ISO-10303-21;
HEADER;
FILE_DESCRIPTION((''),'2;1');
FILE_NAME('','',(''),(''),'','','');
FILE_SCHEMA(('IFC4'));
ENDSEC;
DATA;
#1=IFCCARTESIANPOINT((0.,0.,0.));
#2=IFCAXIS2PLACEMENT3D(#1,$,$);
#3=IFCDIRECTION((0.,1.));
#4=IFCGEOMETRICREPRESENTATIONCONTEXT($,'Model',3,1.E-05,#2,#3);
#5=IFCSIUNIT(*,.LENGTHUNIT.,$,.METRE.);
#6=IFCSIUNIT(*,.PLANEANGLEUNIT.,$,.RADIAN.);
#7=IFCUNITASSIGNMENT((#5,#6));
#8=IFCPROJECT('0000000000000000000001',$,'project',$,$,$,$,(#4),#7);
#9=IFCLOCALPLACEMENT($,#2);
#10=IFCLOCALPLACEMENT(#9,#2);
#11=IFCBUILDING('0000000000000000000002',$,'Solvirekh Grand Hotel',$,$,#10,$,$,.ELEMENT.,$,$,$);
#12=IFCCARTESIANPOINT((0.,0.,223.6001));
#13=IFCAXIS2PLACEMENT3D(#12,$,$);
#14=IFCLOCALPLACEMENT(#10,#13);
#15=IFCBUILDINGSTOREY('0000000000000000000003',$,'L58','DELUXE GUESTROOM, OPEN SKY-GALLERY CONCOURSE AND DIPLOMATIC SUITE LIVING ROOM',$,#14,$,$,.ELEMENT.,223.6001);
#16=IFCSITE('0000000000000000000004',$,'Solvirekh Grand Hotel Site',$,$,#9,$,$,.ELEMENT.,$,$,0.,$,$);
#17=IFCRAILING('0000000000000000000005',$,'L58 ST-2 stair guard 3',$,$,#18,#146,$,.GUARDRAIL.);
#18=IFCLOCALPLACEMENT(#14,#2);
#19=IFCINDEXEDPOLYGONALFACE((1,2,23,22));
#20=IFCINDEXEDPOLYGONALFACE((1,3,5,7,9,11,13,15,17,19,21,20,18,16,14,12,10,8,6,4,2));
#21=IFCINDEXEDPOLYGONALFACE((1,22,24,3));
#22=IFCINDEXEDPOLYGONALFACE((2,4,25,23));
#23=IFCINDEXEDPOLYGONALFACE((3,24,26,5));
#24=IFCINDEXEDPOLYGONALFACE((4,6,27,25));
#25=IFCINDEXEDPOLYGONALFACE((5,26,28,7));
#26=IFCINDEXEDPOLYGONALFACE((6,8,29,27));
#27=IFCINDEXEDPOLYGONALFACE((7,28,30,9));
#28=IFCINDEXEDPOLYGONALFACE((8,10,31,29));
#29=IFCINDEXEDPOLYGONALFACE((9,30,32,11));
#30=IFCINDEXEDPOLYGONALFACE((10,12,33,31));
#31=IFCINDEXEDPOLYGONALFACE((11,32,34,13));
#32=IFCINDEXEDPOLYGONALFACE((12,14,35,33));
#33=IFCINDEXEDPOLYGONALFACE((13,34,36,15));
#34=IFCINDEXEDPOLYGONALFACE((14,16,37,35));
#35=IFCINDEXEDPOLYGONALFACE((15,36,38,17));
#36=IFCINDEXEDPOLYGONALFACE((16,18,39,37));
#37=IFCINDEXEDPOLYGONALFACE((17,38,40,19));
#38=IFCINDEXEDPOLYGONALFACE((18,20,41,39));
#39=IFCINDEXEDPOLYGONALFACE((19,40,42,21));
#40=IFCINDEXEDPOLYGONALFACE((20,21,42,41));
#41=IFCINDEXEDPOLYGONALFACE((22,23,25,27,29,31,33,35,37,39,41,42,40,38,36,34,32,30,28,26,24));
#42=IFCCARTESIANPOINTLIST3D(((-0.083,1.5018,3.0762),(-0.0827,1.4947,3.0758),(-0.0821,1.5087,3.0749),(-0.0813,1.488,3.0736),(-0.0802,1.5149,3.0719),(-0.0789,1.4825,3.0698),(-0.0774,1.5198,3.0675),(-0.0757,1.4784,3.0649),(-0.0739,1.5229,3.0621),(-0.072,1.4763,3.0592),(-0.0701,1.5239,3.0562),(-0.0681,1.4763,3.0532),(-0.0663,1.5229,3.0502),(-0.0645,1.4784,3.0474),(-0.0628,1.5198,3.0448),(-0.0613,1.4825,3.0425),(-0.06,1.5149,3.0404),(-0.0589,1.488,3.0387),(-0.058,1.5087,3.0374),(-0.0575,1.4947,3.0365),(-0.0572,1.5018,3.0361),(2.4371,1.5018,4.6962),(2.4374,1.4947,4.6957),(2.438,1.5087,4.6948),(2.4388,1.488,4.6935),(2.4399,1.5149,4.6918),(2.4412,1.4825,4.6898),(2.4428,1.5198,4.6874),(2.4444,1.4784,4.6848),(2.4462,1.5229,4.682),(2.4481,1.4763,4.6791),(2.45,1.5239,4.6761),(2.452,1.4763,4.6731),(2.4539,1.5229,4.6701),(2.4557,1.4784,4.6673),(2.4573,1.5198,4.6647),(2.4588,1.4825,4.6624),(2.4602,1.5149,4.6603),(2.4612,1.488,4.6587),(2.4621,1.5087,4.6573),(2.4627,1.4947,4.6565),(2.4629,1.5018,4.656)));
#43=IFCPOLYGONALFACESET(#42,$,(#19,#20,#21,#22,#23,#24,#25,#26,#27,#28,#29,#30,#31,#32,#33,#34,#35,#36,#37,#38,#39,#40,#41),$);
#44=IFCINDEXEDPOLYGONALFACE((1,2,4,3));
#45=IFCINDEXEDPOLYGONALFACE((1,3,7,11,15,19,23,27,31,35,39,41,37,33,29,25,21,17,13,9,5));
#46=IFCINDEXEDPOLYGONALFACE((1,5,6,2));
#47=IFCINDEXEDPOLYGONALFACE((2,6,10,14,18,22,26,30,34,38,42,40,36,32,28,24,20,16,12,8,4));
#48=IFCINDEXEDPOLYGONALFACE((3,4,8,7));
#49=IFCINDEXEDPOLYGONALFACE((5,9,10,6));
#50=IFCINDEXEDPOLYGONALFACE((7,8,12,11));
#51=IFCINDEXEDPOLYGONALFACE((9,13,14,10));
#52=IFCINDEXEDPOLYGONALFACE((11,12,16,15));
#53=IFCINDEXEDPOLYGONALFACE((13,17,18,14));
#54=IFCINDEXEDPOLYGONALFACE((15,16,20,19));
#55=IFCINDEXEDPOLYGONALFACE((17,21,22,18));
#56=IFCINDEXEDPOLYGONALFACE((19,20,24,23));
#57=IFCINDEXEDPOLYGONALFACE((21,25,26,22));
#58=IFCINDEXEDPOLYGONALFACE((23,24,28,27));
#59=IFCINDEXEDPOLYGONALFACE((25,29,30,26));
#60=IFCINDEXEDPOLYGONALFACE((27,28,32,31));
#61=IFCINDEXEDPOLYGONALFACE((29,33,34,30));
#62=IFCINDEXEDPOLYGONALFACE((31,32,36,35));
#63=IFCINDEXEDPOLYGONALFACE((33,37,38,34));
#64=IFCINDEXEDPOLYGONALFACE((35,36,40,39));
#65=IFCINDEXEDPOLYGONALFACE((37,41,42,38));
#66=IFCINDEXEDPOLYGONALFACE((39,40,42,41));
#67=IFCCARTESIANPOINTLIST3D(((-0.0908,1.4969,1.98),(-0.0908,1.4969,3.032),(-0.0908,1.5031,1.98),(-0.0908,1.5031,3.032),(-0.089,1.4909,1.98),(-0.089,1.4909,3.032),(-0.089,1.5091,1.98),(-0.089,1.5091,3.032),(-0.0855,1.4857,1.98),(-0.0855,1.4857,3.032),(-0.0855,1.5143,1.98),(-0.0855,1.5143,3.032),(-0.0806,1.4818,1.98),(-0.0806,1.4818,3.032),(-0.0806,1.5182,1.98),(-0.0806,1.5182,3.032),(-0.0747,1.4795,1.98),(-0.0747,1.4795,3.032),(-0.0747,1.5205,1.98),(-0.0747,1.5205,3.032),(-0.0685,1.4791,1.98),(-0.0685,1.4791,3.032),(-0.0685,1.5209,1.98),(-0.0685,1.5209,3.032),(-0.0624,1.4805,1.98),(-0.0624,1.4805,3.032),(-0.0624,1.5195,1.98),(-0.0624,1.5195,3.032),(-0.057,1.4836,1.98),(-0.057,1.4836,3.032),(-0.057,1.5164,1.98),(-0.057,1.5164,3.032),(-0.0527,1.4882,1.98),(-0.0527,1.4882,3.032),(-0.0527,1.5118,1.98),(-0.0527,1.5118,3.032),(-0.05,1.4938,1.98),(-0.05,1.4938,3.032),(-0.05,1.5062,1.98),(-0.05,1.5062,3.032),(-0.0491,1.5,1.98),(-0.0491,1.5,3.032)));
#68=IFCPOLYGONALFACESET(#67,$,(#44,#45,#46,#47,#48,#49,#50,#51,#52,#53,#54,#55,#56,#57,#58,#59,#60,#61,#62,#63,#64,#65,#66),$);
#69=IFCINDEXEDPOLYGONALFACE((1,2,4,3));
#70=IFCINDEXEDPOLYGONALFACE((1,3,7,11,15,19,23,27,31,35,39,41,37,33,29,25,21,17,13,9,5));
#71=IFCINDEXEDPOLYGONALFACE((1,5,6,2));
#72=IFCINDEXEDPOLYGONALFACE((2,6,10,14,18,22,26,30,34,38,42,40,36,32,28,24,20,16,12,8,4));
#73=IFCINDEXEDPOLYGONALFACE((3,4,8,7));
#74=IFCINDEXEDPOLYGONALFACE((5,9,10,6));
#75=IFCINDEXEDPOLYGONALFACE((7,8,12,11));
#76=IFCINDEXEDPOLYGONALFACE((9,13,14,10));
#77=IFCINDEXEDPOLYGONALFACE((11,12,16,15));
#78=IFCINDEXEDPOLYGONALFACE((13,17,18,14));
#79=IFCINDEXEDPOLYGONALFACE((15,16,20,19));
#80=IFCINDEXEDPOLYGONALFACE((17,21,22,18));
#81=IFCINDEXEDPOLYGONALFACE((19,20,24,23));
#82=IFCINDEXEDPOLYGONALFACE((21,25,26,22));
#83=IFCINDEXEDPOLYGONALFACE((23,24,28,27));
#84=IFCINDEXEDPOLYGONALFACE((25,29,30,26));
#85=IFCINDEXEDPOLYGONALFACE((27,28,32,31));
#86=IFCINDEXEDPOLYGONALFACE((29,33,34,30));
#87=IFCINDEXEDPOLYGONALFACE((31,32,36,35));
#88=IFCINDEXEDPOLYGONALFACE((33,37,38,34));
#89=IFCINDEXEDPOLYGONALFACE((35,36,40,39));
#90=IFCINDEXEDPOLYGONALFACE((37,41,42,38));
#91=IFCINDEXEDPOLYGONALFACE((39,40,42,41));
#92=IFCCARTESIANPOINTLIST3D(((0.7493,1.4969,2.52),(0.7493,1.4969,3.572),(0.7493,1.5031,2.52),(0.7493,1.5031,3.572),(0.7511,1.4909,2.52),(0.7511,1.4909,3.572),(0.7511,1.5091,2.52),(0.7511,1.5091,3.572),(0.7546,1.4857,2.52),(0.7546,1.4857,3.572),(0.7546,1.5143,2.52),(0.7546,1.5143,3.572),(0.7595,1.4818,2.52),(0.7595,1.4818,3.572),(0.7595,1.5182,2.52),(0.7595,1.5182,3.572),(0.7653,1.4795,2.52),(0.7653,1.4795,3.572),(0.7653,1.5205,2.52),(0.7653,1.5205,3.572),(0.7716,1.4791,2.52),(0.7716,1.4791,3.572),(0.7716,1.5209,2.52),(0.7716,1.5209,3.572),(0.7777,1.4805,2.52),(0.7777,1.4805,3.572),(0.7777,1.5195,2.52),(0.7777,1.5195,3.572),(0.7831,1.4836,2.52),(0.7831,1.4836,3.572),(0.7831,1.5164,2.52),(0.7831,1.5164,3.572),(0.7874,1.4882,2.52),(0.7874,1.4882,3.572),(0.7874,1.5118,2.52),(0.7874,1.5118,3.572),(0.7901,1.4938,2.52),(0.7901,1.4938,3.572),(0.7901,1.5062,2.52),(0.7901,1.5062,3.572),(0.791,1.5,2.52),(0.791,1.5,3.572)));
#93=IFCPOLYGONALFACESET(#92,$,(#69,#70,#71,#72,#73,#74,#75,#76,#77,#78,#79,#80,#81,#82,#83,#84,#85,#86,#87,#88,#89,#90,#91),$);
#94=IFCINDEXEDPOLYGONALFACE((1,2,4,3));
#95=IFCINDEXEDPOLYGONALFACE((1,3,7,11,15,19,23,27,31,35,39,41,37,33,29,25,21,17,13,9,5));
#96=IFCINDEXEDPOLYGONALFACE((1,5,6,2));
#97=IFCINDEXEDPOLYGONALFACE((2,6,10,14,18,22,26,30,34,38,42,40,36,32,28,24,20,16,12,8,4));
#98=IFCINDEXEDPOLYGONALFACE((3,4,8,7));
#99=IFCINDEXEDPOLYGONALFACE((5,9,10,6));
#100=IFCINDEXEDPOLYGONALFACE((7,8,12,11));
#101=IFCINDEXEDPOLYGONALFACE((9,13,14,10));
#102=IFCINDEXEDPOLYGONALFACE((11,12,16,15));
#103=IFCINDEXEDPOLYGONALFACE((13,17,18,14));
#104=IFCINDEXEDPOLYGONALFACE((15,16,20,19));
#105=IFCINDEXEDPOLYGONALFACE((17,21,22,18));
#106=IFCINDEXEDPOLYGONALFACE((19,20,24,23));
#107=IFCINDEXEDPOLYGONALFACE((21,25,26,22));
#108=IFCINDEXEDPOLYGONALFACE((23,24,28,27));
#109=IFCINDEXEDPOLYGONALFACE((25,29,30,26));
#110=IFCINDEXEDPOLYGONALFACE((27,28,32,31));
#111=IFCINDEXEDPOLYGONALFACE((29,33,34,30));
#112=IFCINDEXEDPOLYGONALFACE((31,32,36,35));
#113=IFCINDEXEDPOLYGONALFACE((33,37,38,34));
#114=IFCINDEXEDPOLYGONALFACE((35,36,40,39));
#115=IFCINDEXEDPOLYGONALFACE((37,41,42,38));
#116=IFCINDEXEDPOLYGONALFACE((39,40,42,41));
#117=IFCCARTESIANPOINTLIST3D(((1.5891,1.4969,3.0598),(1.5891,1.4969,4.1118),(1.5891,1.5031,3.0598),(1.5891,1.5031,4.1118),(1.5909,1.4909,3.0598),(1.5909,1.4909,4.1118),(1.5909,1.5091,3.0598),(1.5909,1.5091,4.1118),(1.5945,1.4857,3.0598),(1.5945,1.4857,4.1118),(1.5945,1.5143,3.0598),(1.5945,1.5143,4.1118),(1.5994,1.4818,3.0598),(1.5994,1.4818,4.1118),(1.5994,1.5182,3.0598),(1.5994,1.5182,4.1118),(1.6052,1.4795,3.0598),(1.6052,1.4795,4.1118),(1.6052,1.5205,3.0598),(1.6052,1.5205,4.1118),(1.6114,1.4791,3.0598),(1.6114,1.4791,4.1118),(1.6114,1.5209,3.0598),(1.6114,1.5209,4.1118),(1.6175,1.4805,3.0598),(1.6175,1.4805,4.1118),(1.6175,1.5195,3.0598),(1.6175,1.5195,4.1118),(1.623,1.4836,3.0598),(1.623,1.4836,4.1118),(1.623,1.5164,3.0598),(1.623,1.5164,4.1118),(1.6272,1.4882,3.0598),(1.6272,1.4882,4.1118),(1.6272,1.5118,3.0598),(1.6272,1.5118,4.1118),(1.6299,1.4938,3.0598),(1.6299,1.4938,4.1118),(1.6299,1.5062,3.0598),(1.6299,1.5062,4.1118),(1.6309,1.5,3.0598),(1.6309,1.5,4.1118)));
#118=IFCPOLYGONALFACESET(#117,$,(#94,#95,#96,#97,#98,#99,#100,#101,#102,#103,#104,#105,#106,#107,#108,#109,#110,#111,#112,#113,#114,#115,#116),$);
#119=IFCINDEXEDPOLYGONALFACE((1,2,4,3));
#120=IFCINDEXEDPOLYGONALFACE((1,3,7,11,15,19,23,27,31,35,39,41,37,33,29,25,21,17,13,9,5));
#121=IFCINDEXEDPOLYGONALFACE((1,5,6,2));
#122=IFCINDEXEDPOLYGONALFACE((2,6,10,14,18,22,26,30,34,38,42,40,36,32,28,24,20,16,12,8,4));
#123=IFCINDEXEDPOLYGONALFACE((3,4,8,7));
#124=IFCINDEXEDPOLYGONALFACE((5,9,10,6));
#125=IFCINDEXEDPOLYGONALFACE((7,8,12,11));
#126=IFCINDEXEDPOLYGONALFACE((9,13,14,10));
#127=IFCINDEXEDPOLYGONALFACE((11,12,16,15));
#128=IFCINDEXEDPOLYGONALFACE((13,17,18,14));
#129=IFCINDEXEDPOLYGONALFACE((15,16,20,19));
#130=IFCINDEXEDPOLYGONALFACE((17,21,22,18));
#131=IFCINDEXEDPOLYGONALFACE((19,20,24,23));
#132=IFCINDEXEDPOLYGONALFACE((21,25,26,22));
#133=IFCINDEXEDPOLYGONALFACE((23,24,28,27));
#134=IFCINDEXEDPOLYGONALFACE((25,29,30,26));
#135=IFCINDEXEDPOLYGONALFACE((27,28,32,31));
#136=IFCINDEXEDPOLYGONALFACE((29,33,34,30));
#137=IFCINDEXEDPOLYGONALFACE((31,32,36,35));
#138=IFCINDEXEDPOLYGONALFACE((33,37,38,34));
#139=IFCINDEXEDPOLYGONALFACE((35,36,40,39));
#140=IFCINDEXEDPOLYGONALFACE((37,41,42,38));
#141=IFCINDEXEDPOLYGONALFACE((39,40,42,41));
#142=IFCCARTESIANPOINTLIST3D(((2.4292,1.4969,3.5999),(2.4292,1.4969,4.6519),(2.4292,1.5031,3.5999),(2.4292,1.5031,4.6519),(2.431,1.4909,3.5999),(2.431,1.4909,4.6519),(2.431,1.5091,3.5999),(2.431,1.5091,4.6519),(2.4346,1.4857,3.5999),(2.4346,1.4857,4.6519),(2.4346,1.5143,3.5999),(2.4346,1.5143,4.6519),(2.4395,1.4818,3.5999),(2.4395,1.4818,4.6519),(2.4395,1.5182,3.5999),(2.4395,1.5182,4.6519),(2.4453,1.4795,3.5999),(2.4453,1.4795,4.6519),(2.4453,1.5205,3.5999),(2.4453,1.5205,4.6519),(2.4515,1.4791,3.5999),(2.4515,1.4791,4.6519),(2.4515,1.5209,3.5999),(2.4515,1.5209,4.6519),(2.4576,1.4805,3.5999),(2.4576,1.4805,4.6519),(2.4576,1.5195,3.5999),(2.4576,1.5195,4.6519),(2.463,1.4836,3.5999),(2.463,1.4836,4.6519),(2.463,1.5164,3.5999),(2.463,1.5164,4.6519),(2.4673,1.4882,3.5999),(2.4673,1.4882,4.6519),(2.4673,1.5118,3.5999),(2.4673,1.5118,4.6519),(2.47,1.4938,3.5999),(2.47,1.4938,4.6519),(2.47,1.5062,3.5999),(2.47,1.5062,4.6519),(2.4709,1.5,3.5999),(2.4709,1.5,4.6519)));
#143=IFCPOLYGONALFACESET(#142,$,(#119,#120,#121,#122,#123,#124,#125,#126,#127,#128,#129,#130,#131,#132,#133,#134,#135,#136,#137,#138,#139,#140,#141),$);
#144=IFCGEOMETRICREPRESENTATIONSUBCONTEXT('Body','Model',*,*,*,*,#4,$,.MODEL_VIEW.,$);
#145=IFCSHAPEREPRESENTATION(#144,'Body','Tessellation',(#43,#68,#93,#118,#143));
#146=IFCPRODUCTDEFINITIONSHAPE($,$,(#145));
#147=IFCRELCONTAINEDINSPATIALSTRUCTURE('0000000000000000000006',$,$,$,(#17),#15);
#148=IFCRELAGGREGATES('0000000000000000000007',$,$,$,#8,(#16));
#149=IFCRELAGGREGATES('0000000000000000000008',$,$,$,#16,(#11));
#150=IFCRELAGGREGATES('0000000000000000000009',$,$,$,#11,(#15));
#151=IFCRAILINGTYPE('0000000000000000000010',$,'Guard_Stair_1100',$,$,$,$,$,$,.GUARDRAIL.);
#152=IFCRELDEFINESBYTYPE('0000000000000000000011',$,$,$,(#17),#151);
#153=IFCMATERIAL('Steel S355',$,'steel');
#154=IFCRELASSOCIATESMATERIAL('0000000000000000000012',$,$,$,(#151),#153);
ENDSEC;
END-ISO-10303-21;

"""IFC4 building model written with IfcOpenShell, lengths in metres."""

from ifc_helpers import new_model, si_unit, direction, frame, origin, origin_2d, place, context, subcontext, project, spatial, circle, extrude, material, type_object, element, save


model = new_model("IFC4")

# Units and contexts
model_context = context("Model", 3, precision=1e-05, world=origin(), true_north=direction((0.0, 1.0)))
body_context = subcontext(model_context, "Body", "Model", "MODEL_VIEW")
ifc_project = project(units=[si_unit("LENGTHUNIT", "METRE"), si_unit("PLANEANGLEUNIT", "RADIAN")], contexts=[model_context])

# Site, building, storey
site_placement = place(None, origin())
site = spatial("IfcSite", under=ifc_project, at=site_placement, Name="Solvirekh Grand Hotel Site", CompositionType="ELEMENT", RefElevation=0.0)
building_placement = place(site_placement, origin())
building = spatial("IfcBuilding", under=site, at=building_placement, Name="Solvirekh Grand Hotel", CompositionType="ELEMENT")
storey_placement = place(building_placement, frame((0.0, 0.0, 223.6001)))
storey = spatial("IfcBuildingStorey", under=building, at=storey_placement, Name="L58", Description="DELUXE GUESTROOM, OPEN SKY-GALLERY CONCOURSE AND DIPLOMATIC SUITE LIVING ROOM", CompositionType="ELEMENT", Elevation=223.6001)

# Railing
ifc_material_1 = material(Name="Steel S355", Category="steel")
railing_type_1 = type_object("IfcRailingType", Name="Guard_Stair_1100", PredefinedType="GUARDRAIL", material=ifc_material_1)
railing_1_placement = place(storey_placement, frame((-0.0701, 1.5, 1.98)))
element("IfcRailing", 1, at=railing_1_placement, inside=storey, type_object=railing_type_1, Name="L58 ST-2 stair guard 3", PredefinedType="GUARDRAIL", context=body_context, shape_type="SweptSolid", body=[
    extrude(circle(Radius=0.0239, at=origin_2d()), frame((0.0, 0.0, 1.0762), z_axis=(0.8412, 0.0, 0.540725), x_axis=(0.0, 1.0, 0.0)), (0.0, 0.0, 1.0), 2.9958),
    extrude(circle(Radius=0.021, at=origin_2d()), origin(), (0.0, 0.0, 1.0), 1.052),
    extrude(circle(Radius=0.021, at=origin_2d()), frame((0.8401, 0.0, 0.54)), (0.0, 0.0, 1.0), 1.052),
    extrude(circle(Radius=0.021, at=origin_2d()), frame((1.6799, 0.0, 1.0798)), (0.0, 0.0, 1.0), 1.052),
    extrude(circle(Radius=0.021, at=origin_2d()), frame((2.52, 0.0, 1.6199)), (0.0, 0.0, 1.0), 1.052),
])

save(model, "model.ifc")
